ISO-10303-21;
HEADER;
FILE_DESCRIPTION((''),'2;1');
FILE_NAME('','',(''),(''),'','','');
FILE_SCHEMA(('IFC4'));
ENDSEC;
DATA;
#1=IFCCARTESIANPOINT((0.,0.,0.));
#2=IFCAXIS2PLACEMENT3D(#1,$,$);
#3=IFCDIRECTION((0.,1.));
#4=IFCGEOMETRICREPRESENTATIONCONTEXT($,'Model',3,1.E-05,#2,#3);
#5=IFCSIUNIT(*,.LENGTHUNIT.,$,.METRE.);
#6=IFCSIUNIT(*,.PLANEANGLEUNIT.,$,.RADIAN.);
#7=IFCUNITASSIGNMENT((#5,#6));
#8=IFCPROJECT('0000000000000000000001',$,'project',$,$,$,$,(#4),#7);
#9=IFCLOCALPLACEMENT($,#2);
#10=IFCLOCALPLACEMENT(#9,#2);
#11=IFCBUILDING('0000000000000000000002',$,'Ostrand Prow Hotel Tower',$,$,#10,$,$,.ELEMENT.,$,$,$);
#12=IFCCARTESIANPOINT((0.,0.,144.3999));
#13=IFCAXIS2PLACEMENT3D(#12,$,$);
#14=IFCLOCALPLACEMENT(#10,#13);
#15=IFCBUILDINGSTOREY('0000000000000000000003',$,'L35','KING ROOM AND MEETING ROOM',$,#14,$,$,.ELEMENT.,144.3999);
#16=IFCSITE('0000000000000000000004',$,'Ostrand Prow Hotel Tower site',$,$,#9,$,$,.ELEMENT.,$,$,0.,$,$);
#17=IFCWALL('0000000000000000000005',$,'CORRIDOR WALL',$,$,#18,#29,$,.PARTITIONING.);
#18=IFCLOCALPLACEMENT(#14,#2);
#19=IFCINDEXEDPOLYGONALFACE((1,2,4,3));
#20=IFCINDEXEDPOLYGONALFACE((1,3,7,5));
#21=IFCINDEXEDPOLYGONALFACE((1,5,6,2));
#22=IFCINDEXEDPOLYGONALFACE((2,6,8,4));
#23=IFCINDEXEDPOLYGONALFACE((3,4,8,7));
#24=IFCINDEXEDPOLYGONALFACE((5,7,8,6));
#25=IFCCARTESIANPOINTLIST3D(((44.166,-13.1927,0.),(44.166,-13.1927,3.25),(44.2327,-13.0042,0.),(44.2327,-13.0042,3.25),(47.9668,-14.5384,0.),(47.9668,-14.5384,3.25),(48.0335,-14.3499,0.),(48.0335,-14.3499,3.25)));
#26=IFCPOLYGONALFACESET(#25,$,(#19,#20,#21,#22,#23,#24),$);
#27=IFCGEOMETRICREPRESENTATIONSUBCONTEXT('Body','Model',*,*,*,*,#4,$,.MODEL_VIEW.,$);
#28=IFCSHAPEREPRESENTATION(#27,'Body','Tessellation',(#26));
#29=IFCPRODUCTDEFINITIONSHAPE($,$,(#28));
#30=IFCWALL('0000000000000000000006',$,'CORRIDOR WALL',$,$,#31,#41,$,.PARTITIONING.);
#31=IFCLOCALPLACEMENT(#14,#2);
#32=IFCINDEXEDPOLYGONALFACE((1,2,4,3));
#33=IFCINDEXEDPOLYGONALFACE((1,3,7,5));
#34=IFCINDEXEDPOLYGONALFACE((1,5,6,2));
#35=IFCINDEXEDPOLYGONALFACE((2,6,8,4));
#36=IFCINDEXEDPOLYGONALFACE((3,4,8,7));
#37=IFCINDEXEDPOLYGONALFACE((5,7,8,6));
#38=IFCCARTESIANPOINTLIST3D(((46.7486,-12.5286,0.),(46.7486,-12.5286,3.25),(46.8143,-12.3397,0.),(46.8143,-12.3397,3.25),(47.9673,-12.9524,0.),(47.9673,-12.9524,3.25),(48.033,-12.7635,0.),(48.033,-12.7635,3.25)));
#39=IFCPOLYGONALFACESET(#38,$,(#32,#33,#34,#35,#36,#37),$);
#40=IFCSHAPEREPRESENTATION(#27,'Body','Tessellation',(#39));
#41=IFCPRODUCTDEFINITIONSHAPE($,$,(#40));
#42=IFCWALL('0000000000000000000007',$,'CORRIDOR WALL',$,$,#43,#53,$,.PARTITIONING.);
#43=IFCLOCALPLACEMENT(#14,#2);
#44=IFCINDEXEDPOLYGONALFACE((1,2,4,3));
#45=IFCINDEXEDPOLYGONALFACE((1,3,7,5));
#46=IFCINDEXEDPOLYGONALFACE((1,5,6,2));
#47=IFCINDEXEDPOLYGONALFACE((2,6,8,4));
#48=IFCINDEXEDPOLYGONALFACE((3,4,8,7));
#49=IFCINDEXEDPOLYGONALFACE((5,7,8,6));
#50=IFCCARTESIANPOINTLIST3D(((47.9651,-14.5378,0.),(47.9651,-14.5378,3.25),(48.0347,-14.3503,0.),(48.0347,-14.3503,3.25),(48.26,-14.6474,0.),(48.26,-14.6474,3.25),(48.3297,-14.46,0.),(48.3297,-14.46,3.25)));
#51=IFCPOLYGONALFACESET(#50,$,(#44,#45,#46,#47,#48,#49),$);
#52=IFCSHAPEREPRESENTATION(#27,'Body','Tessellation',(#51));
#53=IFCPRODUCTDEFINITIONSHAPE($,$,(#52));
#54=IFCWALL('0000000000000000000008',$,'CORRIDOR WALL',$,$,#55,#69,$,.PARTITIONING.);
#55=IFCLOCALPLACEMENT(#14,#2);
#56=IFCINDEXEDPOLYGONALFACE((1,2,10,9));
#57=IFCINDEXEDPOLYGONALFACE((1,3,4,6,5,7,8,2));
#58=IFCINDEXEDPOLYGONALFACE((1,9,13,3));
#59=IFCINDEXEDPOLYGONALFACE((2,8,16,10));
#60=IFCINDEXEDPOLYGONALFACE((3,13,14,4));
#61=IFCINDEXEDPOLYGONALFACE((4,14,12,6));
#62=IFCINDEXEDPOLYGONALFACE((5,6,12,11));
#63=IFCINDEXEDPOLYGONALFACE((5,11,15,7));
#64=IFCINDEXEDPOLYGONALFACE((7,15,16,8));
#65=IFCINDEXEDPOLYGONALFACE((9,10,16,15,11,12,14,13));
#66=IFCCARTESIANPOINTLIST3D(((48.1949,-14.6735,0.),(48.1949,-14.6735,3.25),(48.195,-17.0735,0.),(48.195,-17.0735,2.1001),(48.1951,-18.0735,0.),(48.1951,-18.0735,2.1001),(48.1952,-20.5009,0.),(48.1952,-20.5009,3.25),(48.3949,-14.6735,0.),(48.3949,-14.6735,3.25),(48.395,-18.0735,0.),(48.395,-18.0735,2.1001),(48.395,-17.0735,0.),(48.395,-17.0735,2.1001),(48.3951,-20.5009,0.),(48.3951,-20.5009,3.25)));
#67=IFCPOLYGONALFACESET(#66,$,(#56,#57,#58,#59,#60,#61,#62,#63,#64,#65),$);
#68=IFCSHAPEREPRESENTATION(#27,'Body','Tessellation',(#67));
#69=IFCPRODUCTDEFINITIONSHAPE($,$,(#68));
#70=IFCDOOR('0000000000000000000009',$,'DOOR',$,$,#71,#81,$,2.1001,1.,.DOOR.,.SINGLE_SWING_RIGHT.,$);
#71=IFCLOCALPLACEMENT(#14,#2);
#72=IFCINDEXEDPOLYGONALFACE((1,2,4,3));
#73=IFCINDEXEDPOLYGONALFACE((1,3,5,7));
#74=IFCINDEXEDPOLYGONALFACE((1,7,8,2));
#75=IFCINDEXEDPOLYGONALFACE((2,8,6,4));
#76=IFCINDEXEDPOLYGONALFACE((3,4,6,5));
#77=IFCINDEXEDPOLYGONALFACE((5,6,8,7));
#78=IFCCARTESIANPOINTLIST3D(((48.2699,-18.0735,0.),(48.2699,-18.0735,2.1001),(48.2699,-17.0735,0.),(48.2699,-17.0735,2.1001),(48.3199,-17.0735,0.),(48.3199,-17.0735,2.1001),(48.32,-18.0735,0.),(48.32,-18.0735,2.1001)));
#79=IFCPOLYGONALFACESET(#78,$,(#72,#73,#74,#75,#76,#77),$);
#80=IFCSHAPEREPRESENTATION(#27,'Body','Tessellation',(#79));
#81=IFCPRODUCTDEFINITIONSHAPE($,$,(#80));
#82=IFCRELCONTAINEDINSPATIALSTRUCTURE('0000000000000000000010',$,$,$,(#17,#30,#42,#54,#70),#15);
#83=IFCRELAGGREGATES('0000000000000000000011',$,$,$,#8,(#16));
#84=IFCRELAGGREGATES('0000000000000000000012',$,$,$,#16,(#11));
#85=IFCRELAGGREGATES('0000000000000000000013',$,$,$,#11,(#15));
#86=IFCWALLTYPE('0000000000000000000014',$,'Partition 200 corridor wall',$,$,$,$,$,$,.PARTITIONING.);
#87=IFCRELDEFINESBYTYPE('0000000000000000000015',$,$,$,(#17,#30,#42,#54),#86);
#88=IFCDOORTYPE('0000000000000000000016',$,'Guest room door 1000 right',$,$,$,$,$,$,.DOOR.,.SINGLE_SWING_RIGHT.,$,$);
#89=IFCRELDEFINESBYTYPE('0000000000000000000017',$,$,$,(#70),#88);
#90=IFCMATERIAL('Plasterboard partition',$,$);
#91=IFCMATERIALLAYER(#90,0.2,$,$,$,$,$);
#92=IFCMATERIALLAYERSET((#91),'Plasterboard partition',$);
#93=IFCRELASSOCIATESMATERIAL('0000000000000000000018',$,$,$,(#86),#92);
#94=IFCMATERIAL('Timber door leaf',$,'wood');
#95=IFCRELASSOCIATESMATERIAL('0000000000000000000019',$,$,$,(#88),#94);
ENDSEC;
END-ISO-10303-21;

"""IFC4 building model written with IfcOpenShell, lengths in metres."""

from ifc_helpers import new_model, si_unit, direction, frame, frame_2d, origin, place, context, subcontext, project, spatial, rectangle, extrude, material, layer, layer_set, type_object, element, fill, save


model = new_model("IFC4")

# Units and contexts
model_context = context("Model", 3, precision=1e-05, world=origin(), true_north=direction((0.0, 1.0)))
body_context = subcontext(model_context, "Body", "Model", "MODEL_VIEW")
ifc_project = project(units=[si_unit("LENGTHUNIT", "METRE"), si_unit("PLANEANGLEUNIT", "RADIAN")], contexts=[model_context])

# Site, building, storey
site_placement = place(None, origin())
site = spatial("IfcSite", under=ifc_project, at=site_placement, Name="Ostrand Prow Hotel Tower site", CompositionType="ELEMENT", RefElevation=0.0)
building_placement = place(site_placement, origin())
building = spatial("IfcBuilding", under=site, at=building_placement, Name="Ostrand Prow Hotel Tower", CompositionType="ELEMENT")
storey_placement = place(building_placement, frame((0.0, 0.0, 144.3999)))
storey = spatial("IfcBuildingStorey", under=building, at=storey_placement, Name="L35", Description="KING ROOM AND MEETING ROOM", CompositionType="ELEMENT", Elevation=144.3999)

# Walls
ifc_material_1 = material(Name="Plasterboard partition")
ifc_layer_1 = layer(ifc_material_1, 0.2)
ifc_layer_set_1 = layer_set([ifc_layer_1], Name="Plasterboard partition")
wall_type_1 = type_object("IfcWallType", Name="Partition 200 corridor wall", PredefinedType="PARTITIONING", material=ifc_layer_set_1)
wall_1_placement = place(storey_placement, frame((44.1992, -13.0984, 0.0), z_axis=(0.0, 0.0, 1.0), x_axis=(0.942659, -0.333757, 0.0)))
element("IfcWall", 1, at=wall_1_placement, inside=storey, type_object=wall_type_1, Name="CORRIDOR WALL", PredefinedType="PARTITIONING", context=body_context, shape_type="SweptSolid", body=[
    extrude(rectangle(XDim=4.032, YDim=0.2, at=frame_2d((2.0161, 0.0))), origin(), (0.0, 0.0, 1.0), 3.25),
])
wall_2_placement = place(storey_placement, frame((48.0, -12.8579, 0.0), z_axis=(0.0, 0.0, 1.0), x_axis=(-0.944517, 0.328462, 0.0)))
element("IfcWall", 2, at=wall_2_placement, inside=storey, type_object=wall_type_1, Name="CORRIDOR WALL", PredefinedType="PARTITIONING", context=body_context, shape_type="SweptSolid", body=[
    extrude(rectangle(XDim=1.2903, YDim=0.2, at=frame_2d((0.645, 0.0))), origin(), (0.0, 0.0, 1.0), 3.25),
])
wall_3_placement = place(storey_placement, frame((48.0, -14.4441, 0.0), z_axis=(0.0, 0.0, 1.0), x_axis=(0.937346, -0.348401, 0.0)))
element("IfcWall", 3, at=wall_3_placement, inside=storey, type_object=wall_type_1, Name="CORRIDOR WALL", PredefinedType="PARTITIONING", context=body_context, shape_type="SweptSolid", body=[
    extrude(rectangle(XDim=0.3147, YDim=0.2, at=frame_2d((0.1572, 0.0))), origin(), (0.0, 0.0, 1.0), 3.25),
])

# Wall, opening, door
wall_4_placement = place(storey_placement, frame((48.2949, -14.6736, 0.0), z_axis=(0.0, 0.0, 1.0), x_axis=(0.000042, -1.0, 0.0)))
wall_4 = element("IfcWall", 4, at=wall_4_placement, inside=storey, type_object=wall_type_1, Name="CORRIDOR WALL", PredefinedType="PARTITIONING", context=body_context, shape_type="SweptSolid", body=[
    extrude(rectangle(XDim=5.8274, YDim=0.2, at=frame_2d((2.9136, 0.0))), origin(), (0.0, 0.0, 1.0), 3.25),
])
opening_1_placement = place(wall_4_placement, frame((2.3999, 0.0, 0.0)))
opening_1 = element("IfcOpeningElement", 5, at=opening_1_placement, cuts=wall_4, PredefinedType="OPENING", context=body_context, shape_type="SweptSolid", body=[
    extrude(rectangle(XDim=1.0, YDim=2.1001, at=frame_2d((0.5, 1.05))), frame((0.0, 0.1099, 0.0), z_axis=(0.0, -1.0, 0.0), x_axis=(1.0, 0.0, 0.0)), (0.0, 0.0, 1.0), 0.22),
])
ifc_material_2 = material(Name="Timber door leaf", Category="wood")
door_type_1 = type_object("IfcDoorType", Name="Guest room door 1000 right", OperationType="SINGLE_SWING_RIGHT", PredefinedType="DOOR", material=ifc_material_2)
door_1_placement = place(opening_1_placement, origin())
door_1 = element("IfcDoor", 6, at=door_1_placement, inside=storey, type_object=door_type_1, Name="DOOR", OperationType="SINGLE_SWING_RIGHT", OverallHeight=2.1001, OverallWidth=1.0, PredefinedType="DOOR", context=body_context, shape_type="SweptSolid", body=[
    extrude(rectangle(XDim=1.0, YDim=2.1001, at=frame_2d((0.5, 1.05))), frame((0.0, 0.0249, 0.0), z_axis=(0.0, -1.0, 0.0), x_axis=(1.0, 0.0, 0.0)), (0.0, 0.0, 1.0), 0.05),
])
fill(opening_1, door_1)

save(model, "model.ifc")
